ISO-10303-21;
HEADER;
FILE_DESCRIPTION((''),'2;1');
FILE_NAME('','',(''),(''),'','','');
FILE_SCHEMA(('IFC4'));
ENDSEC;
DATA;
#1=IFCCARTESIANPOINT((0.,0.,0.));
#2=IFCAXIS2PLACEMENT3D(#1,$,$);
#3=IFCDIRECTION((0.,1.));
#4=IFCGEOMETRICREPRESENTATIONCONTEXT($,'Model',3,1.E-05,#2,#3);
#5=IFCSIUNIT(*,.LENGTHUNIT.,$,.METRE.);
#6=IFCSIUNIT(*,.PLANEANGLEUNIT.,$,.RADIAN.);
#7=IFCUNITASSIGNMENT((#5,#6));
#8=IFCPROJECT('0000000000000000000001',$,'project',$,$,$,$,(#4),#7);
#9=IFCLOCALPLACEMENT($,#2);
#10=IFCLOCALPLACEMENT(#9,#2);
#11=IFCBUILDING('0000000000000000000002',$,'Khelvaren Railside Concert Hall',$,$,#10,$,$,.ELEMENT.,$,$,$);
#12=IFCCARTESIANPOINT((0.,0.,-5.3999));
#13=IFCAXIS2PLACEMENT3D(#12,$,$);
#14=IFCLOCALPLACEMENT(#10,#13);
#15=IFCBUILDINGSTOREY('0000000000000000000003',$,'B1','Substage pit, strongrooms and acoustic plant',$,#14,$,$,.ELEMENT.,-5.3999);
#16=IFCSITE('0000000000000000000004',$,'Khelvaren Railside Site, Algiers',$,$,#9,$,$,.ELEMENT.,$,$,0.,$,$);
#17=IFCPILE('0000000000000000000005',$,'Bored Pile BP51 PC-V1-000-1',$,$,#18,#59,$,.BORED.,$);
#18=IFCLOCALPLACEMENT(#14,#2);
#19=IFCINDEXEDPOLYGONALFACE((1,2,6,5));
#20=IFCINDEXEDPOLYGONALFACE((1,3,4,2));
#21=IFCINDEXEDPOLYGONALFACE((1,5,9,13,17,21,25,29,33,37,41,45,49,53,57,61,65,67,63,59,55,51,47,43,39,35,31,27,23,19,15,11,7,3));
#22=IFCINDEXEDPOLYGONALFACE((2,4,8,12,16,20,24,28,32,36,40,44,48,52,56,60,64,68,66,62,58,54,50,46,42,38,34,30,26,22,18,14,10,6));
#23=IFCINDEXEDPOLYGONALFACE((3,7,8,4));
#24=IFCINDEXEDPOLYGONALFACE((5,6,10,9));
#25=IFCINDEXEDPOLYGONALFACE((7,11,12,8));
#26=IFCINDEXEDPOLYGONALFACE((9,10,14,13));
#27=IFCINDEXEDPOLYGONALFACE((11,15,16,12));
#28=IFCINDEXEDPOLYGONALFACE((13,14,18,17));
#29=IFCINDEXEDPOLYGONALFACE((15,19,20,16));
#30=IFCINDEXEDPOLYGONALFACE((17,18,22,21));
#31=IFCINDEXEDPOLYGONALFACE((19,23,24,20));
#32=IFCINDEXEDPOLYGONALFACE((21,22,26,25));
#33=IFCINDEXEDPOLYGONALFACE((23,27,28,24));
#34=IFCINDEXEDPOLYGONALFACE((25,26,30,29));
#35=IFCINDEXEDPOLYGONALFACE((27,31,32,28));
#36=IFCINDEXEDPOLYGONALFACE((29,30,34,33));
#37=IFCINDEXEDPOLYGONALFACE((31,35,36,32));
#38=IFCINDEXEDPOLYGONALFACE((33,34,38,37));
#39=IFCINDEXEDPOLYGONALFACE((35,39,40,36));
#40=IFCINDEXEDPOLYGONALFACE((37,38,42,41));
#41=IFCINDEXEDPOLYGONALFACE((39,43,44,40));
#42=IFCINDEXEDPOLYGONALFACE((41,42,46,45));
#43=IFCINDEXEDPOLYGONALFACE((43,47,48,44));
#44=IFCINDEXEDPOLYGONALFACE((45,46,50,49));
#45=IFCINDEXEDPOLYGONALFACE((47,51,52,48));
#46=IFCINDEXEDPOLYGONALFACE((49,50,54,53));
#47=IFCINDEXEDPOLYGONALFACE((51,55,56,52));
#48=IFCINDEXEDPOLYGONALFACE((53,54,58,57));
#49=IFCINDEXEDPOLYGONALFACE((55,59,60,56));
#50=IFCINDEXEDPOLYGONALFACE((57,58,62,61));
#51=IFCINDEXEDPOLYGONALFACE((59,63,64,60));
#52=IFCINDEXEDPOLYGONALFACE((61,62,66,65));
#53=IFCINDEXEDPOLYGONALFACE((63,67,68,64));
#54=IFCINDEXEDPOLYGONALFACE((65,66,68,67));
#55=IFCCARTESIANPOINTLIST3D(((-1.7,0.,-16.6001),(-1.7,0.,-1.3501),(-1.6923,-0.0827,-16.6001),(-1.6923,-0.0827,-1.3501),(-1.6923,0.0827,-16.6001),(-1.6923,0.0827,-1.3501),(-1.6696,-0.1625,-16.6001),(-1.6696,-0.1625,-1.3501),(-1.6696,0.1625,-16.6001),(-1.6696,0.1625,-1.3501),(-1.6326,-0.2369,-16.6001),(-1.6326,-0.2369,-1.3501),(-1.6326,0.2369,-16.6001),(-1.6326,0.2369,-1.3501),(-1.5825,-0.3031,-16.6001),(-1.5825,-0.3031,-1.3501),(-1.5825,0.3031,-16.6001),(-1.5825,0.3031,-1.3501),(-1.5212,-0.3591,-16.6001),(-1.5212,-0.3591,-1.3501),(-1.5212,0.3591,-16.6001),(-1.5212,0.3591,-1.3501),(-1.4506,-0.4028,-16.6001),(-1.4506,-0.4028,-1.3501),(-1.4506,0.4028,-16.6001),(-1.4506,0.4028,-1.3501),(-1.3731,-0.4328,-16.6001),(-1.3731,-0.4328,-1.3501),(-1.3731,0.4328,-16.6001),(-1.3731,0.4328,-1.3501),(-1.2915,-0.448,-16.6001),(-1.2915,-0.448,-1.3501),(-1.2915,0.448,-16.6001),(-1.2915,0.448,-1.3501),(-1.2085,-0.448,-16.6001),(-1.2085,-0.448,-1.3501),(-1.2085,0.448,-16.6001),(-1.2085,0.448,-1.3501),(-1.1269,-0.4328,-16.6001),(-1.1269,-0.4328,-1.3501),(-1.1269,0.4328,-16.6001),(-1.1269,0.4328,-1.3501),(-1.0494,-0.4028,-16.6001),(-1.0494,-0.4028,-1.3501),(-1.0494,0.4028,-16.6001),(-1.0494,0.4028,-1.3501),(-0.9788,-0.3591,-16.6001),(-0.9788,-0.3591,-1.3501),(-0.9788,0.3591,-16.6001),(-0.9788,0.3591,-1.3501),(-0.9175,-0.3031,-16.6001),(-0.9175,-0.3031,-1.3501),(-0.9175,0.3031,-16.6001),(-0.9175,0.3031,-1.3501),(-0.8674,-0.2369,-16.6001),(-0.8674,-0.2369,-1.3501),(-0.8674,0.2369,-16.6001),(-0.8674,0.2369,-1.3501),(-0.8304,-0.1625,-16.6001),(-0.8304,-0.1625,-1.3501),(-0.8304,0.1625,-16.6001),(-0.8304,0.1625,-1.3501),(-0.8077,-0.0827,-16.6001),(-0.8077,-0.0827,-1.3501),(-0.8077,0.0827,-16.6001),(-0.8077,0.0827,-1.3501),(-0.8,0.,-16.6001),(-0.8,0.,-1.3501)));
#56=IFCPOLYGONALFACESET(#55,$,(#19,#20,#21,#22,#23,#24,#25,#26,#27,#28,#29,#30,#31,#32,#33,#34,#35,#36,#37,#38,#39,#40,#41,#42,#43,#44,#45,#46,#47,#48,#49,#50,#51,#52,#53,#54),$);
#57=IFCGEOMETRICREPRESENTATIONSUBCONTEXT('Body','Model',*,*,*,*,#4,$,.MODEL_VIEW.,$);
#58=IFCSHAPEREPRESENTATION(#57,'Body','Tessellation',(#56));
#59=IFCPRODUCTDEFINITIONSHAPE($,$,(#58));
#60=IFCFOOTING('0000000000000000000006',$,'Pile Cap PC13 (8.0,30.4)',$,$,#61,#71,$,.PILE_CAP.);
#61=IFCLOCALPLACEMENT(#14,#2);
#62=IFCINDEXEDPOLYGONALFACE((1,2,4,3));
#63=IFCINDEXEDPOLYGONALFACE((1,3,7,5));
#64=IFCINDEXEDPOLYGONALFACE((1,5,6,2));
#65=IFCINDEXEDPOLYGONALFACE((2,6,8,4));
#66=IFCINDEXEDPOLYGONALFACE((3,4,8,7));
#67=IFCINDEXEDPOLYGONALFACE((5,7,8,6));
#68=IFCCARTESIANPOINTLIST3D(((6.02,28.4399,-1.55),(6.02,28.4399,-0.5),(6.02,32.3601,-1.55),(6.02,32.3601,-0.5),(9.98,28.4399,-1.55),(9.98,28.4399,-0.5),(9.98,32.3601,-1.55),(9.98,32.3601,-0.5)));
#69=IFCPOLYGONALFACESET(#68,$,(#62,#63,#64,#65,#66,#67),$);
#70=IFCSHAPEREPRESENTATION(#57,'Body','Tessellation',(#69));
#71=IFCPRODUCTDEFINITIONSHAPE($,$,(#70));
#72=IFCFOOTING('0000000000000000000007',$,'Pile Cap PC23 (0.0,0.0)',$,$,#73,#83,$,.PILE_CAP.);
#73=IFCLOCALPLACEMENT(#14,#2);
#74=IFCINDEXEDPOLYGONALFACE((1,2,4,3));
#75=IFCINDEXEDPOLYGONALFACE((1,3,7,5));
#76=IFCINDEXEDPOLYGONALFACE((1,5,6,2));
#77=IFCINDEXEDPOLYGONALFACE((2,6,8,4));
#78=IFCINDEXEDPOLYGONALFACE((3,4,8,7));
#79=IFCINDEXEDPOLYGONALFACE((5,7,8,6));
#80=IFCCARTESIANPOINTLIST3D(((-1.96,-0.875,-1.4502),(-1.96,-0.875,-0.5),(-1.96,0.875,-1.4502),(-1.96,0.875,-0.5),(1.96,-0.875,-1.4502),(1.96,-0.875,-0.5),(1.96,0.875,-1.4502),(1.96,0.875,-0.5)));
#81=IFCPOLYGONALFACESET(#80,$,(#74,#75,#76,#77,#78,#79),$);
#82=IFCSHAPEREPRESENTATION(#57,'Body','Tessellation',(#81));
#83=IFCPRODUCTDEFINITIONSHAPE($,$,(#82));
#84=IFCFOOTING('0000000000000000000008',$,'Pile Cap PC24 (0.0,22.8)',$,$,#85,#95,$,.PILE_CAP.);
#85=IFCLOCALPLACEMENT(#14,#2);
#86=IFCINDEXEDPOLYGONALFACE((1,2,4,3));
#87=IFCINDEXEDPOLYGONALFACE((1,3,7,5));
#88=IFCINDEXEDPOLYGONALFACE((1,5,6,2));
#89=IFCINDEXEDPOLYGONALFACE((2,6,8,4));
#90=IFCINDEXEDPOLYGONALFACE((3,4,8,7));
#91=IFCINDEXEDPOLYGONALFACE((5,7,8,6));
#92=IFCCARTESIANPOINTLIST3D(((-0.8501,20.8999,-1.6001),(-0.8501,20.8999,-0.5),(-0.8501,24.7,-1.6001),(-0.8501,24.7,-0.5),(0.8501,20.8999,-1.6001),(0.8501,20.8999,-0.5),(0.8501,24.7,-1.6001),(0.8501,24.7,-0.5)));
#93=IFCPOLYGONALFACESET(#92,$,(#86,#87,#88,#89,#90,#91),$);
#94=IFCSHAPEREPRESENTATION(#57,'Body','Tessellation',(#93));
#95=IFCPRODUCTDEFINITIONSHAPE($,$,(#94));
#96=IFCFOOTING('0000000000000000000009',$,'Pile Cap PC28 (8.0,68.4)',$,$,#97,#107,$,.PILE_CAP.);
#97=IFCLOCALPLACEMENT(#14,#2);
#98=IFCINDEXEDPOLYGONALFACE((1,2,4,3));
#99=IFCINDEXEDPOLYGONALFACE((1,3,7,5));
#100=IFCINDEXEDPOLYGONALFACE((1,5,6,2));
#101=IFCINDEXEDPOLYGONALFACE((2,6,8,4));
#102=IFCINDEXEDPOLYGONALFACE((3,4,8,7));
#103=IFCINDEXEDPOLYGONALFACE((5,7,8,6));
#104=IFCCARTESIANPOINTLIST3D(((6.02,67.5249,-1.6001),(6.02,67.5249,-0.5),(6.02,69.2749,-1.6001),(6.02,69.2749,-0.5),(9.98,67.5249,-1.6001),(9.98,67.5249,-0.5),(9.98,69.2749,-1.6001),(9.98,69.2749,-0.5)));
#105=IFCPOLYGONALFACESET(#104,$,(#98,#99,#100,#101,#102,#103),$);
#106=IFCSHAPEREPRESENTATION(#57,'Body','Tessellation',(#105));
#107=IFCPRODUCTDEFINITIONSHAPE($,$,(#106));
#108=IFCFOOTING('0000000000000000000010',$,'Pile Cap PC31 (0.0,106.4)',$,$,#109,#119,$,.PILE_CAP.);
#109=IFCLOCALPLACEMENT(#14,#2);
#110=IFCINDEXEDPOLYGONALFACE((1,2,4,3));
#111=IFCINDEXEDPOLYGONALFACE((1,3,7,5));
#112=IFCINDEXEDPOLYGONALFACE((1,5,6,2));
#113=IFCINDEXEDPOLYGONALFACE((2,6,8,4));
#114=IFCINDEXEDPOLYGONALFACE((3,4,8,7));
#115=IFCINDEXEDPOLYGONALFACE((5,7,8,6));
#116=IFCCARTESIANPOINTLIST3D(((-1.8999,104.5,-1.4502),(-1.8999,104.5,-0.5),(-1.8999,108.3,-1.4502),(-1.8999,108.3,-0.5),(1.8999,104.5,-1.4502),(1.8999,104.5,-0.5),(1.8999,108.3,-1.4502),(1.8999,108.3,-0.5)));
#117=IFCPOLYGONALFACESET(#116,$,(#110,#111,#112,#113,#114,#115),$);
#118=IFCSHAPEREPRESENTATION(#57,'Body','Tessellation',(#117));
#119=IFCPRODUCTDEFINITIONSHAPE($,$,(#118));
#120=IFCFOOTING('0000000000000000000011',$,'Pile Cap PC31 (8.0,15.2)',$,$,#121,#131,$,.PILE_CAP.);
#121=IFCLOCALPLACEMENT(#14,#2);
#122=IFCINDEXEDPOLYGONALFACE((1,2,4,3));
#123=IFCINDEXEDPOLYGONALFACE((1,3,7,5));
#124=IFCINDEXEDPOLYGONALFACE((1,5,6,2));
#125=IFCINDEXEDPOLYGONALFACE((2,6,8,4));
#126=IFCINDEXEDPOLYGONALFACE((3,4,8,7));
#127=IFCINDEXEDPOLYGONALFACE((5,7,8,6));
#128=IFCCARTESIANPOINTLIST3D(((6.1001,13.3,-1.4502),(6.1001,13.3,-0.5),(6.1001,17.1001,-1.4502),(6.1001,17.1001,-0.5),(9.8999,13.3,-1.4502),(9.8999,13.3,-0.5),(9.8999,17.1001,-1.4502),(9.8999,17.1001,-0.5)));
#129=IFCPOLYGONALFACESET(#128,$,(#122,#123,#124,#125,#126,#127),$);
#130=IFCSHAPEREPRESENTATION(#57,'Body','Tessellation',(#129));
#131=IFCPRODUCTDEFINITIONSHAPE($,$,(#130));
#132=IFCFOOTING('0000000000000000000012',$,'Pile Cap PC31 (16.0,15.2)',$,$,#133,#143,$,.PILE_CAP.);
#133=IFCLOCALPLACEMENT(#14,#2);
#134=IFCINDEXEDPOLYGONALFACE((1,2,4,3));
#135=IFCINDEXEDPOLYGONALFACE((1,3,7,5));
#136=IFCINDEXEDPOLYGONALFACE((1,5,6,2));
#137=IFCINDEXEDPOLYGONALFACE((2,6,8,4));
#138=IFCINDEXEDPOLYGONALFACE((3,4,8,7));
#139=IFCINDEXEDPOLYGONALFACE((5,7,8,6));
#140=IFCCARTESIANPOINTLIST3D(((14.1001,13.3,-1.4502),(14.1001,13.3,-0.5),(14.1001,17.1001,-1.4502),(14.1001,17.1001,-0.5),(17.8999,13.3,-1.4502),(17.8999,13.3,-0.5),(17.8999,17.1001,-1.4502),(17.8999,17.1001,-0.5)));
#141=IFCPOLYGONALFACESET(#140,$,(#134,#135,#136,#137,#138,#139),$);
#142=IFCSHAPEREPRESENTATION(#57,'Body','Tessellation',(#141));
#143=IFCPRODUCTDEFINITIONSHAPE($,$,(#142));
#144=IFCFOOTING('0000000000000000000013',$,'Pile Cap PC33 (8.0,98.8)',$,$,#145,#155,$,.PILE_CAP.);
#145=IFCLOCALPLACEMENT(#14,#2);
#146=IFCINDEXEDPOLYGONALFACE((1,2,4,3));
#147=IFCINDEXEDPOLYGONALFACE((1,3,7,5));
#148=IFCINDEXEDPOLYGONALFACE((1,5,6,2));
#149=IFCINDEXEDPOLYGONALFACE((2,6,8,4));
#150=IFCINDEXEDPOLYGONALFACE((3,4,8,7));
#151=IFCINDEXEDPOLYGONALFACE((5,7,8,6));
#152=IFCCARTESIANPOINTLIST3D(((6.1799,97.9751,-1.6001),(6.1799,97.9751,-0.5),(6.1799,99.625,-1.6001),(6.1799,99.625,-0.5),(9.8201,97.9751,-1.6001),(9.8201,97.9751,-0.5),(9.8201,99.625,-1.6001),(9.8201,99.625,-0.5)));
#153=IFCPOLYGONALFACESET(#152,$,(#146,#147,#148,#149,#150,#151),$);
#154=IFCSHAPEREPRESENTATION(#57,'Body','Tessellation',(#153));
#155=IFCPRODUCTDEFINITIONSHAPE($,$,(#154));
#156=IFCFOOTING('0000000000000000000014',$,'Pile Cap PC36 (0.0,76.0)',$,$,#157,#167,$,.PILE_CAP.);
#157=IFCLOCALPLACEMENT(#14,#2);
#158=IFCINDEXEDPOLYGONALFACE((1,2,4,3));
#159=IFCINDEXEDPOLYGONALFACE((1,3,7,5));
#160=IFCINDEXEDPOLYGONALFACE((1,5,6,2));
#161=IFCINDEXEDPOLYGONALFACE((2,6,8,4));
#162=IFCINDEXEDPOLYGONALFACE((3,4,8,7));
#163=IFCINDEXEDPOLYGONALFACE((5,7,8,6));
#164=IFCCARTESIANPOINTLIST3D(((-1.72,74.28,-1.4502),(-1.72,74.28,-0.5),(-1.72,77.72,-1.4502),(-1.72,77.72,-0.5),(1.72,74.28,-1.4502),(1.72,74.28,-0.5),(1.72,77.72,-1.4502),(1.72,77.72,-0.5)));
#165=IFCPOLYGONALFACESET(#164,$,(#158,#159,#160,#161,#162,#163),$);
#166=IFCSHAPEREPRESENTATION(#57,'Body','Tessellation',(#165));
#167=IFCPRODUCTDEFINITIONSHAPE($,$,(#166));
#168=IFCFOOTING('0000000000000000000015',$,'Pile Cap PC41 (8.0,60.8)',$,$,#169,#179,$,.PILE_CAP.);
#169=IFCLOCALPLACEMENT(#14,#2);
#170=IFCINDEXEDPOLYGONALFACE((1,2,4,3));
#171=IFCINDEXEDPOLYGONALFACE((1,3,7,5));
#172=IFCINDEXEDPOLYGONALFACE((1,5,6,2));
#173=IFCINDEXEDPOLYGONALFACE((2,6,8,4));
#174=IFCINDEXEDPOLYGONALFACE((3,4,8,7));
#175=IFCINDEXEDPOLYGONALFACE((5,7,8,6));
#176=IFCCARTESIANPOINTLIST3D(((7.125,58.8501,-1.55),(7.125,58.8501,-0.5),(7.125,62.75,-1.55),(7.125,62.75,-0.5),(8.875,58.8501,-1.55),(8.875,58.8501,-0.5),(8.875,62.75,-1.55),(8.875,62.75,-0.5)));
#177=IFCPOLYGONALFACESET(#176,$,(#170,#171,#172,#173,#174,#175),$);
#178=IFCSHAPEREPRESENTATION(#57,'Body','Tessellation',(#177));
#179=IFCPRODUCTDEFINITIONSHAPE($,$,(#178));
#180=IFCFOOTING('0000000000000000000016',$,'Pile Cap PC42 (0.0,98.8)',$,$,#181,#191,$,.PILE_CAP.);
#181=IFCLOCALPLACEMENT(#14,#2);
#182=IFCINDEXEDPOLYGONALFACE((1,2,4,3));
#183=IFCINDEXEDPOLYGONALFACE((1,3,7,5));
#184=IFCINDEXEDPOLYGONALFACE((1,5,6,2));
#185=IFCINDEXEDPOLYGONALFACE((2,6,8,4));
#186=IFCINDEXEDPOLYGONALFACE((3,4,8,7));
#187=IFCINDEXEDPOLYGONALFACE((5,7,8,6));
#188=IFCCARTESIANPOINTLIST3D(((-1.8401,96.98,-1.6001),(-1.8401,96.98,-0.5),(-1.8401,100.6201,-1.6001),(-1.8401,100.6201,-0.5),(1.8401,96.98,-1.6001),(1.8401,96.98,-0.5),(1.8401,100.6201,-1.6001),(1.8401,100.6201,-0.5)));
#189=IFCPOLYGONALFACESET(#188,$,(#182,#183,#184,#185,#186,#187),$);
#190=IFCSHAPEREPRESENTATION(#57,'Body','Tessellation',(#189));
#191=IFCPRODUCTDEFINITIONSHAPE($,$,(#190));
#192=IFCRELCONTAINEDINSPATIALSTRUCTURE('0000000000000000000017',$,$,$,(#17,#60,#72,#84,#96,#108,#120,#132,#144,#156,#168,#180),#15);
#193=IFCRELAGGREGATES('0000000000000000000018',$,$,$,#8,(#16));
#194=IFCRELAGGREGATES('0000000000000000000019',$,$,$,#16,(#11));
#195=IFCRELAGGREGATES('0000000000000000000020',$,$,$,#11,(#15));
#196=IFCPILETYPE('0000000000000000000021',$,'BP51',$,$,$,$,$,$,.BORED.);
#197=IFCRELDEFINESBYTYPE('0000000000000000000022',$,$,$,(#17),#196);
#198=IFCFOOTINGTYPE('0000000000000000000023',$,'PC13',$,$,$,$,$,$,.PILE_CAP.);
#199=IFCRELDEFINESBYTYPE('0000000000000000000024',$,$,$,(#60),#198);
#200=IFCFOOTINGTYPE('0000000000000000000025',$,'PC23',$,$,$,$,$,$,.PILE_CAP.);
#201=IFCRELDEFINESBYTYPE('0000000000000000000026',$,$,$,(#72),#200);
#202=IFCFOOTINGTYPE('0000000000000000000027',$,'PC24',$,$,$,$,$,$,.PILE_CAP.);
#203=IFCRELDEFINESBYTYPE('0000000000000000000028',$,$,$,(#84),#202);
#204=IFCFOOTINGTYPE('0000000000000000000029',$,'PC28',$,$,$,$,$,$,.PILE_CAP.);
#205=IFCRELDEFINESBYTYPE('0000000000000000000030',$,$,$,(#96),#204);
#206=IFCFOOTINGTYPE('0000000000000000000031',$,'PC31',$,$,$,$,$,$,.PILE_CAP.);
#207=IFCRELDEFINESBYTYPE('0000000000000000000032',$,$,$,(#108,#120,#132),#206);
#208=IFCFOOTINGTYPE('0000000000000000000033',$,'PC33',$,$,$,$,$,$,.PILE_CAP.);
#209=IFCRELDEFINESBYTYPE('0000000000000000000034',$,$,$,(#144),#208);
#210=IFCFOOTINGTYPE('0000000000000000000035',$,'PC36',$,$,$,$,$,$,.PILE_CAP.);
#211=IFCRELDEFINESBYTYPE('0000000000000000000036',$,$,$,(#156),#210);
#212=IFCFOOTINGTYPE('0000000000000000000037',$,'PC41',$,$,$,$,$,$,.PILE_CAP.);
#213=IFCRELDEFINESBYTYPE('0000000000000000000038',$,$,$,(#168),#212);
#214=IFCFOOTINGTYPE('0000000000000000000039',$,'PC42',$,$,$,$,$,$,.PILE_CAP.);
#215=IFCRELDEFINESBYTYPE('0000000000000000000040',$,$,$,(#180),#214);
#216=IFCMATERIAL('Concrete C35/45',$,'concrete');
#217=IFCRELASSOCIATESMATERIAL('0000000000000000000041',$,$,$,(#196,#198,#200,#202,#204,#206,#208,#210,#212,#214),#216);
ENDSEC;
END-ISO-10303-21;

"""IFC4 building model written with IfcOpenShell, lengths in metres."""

from ifc_helpers import new_model, si_unit, direction, frame, origin, origin_2d, place, context, subcontext, project, spatial, polyline, circle, outline, extrude, material, material_profile, profile_set, type_object, element, save


model = new_model("IFC4")

# Units and contexts
model_context = context("Model", 3, precision=1e-05, world=origin(), true_north=direction((0.0, 1.0)))
body_context = subcontext(model_context, "Body", "Model", "MODEL_VIEW")
ifc_project = project(units=[si_unit("LENGTHUNIT", "METRE"), si_unit("PLANEANGLEUNIT", "RADIAN")], contexts=[model_context])

# Site, building, storey
site_placement = place(None, origin())
site = spatial("IfcSite", under=ifc_project, at=site_placement, Name="Khelvaren Railside Site, Algiers", CompositionType="ELEMENT", RefElevation=0.0)
building_placement = place(site_placement, origin())
building = spatial("IfcBuilding", under=site, at=building_placement, Name="Khelvaren Railside Concert Hall", CompositionType="ELEMENT")
storey_placement = place(building_placement, frame((0.0, 0.0, -5.3999)))
storey = spatial("IfcBuildingStorey", under=building, at=storey_placement, Name="B1", Description="Substage pit, strongrooms and acoustic plant", CompositionType="ELEMENT", Elevation=-5.3999)

# Pile
ifc_material = material(Name="Concrete C35/45", Category="concrete")
ifc_material_profile = material_profile(ifc_material, circle(Radius=0.45, at=origin_2d()), Name="BP D900")
ifc_profile_set = profile_set([ifc_material_profile], Name="Concrete C35/45")
pile_type = type_object("IfcPileType", Name="BP51", PredefinedType="BORED", material=ifc_profile_set)
pile_placement = place(storey_placement, frame((-1.25, 0.0, -1.3501), z_axis=(0.0, 0.0, -1.0), x_axis=(1.0, 0.0, 0.0)))
element("IfcPile", 1, at=pile_placement, inside=storey, type_object=pile_type, Name="Bored Pile BP51 PC-V1-000-1", PredefinedType="BORED", context=body_context, shape_type="SweptSolid", body=[
    extrude(circle(Radius=0.45, at=origin_2d()), origin(), (0.0, 0.0, 1.0), 15.25),
])

# Footings
footing_type_1 = type_object("IfcFootingType", Name="PC13", PredefinedType="PILE_CAP", material=ifc_material)
footing_1_placement = place(storey_placement, frame((0.0, 0.0, -1.55)))
element("IfcFooting", 2, at=footing_1_placement, inside=storey, type_object=footing_type_1, Name="Pile Cap PC13 (8.0,30.4)", PredefinedType="PILE_CAP", context=body_context, shape_type="SweptSolid", body=[
    extrude(outline(polyline([(6.02, 28.4399), (9.98, 28.4399), (9.98, 32.3601), (6.02, 32.3601), (6.02, 28.4399)])), origin(), (0.0, 0.0, 1.0), 1.05),
])
footing_type_2 = type_object("IfcFootingType", Name="PC23", PredefinedType="PILE_CAP", material=ifc_material)
footing_2_placement = place(storey_placement, frame((0.0, 0.0, -1.4502)))
element("IfcFooting", 3, at=footing_2_placement, inside=storey, type_object=footing_type_2, Name="Pile Cap PC23 (0.0,0.0)", PredefinedType="PILE_CAP", context=body_context, shape_type="SweptSolid", body=[
    extrude(outline(polyline([(-1.96, -0.875), (1.96, -0.875), (1.96, 0.875), (-1.96, 0.875), (-1.96, -0.875)])), origin(), (0.0, 0.0, 1.0), 0.9502),
])
footing_type_3 = type_object("IfcFootingType", Name="PC24", PredefinedType="PILE_CAP", material=ifc_material)
footing_3_placement = place(storey_placement, frame((0.0, 0.0, -1.6001)))
element("IfcFooting", 4, at=footing_3_placement, inside=storey, type_object=footing_type_3, Name="Pile Cap PC24 (0.0,22.8)", PredefinedType="PILE_CAP", context=body_context, shape_type="SweptSolid", body=[
    extrude(outline(polyline([(-0.8501, 20.8999), (0.8501, 20.8999), (0.8501, 24.7), (-0.8501, 24.7), (-0.8501, 20.8999)])), origin(), (0.0, 0.0, 1.0), 1.1001),
])
footing_type_4 = type_object("IfcFootingType", Name="PC28", PredefinedType="PILE_CAP", material=ifc_material)
footing_4_placement = place(storey_placement, frame((0.0, 0.0, -1.6001)))
element("IfcFooting", 5, at=footing_4_placement, inside=storey, type_object=footing_type_4, Name="Pile Cap PC28 (8.0,68.4)", PredefinedType="PILE_CAP", context=body_context, shape_type="SweptSolid", body=[
    extrude(outline(polyline([(6.02, 67.5249), (9.98, 67.5249), (9.98, 69.2749), (6.02, 69.2749), (6.02, 67.5249)])), origin(), (0.0, 0.0, 1.0), 1.1001),
])
footing_type_5 = type_object("IfcFootingType", Name="PC31", PredefinedType="PILE_CAP", material=ifc_material)
footing_5_placement = place(storey_placement, frame((0.0, 0.0, -1.4502)))
element("IfcFooting", 6, at=footing_5_placement, inside=storey, type_object=footing_type_5, Name="Pile Cap PC31 (0.0,106.4)", PredefinedType="PILE_CAP", context=body_context, shape_type="SweptSolid", body=[
    extrude(outline(polyline([(-1.8999, 104.5), (1.8999, 104.5), (1.8999, 108.3), (-1.8999, 108.3), (-1.8999, 104.5)])), origin(), (0.0, 0.0, 1.0), 0.9502),
])
footing_6_placement = place(storey_placement, frame((0.0, 0.0, -1.4502)))
element("IfcFooting", 7, at=footing_6_placement, inside=storey, type_object=footing_type_5, Name="Pile Cap PC31 (8.0,15.2)", PredefinedType="PILE_CAP", context=body_context, shape_type="SweptSolid", body=[
    extrude(outline(polyline([(6.1001, 13.3), (9.8999, 13.3), (9.8999, 17.1001), (6.1001, 17.1001), (6.1001, 13.3)])), origin(), (0.0, 0.0, 1.0), 0.9502),
])
footing_7_placement = place(storey_placement, frame((0.0, 0.0, -1.4502)))
element("IfcFooting", 8, at=footing_7_placement, inside=storey, type_object=footing_type_5, Name="Pile Cap PC31 (16.0,15.2)", PredefinedType="PILE_CAP", context=body_context, shape_type="SweptSolid", body=[
    extrude(outline(polyline([(14.1001, 13.3), (17.8999, 13.3), (17.8999, 17.1001), (14.1001, 17.1001), (14.1001, 13.3)])), origin(), (0.0, 0.0, 1.0), 0.9502),
])
footing_type_6 = type_object("IfcFootingType", Name="PC33", PredefinedType="PILE_CAP", material=ifc_material)
footing_8_placement = place(storey_placement, frame((0.0, 0.0, -1.6001)))
element("IfcFooting", 9, at=footing_8_placement, inside=storey, type_object=footing_type_6, Name="Pile Cap PC33 (8.0,98.8)", PredefinedType="PILE_CAP", context=body_context, shape_type="SweptSolid", body=[
    extrude(outline(polyline([(6.1799, 97.9751), (9.8201, 97.9751), (9.8201, 99.625), (6.1799, 99.625), (6.1799, 97.9751)])), origin(), (0.0, 0.0, 1.0), 1.1001),
])
footing_type_7 = type_object("IfcFootingType", Name="PC36", PredefinedType="PILE_CAP", material=ifc_material)
footing_9_placement = place(storey_placement, frame((0.0, 0.0, -1.4502)))
element("IfcFooting", 10, at=footing_9_placement, inside=storey, type_object=footing_type_7, Name="Pile Cap PC36 (0.0,76.0)", PredefinedType="PILE_CAP", context=body_context, shape_type="SweptSolid", body=[
    extrude(outline(polyline([(-1.72, 74.28), (1.72, 74.28), (1.72, 77.72), (-1.72, 77.72), (-1.72, 74.28)])), origin(), (0.0, 0.0, 1.0), 0.9502),
])
footing_type_8 = type_object("IfcFootingType", Name="PC41", PredefinedType="PILE_CAP", material=ifc_material)
footing_10_placement = place(storey_placement, frame((0.0, 0.0, -1.55)))
element("IfcFooting", 11, at=footing_10_placement, inside=storey, type_object=footing_type_8, Name="Pile Cap PC41 (8.0,60.8)", PredefinedType="PILE_CAP", context=body_context, shape_type="SweptSolid", body=[
    extrude(outline(polyline([(7.125, 58.8501), (8.875, 58.8501), (8.875, 62.75), (7.125, 62.75), (7.125, 58.8501)])), origin(), (0.0, 0.0, 1.0), 1.05),
])
footing_type_9 = type_object("IfcFootingType", Name="PC42", PredefinedType="PILE_CAP", material=ifc_material)
footing_11_placement = place(storey_placement, frame((0.0, 0.0, -1.6001)))
element("IfcFooting", 12, at=footing_11_placement, inside=storey, type_object=footing_type_9, Name="Pile Cap PC42 (0.0,98.8)", PredefinedType="PILE_CAP", context=body_context, shape_type="SweptSolid", body=[
    extrude(outline(polyline([(-1.8401, 96.98), (1.8401, 96.98), (1.8401, 100.6201), (-1.8401, 100.6201), (-1.8401, 96.98)])), origin(), (0.0, 0.0, 1.0), 1.1001),
])

save(model, "model.ifc")
